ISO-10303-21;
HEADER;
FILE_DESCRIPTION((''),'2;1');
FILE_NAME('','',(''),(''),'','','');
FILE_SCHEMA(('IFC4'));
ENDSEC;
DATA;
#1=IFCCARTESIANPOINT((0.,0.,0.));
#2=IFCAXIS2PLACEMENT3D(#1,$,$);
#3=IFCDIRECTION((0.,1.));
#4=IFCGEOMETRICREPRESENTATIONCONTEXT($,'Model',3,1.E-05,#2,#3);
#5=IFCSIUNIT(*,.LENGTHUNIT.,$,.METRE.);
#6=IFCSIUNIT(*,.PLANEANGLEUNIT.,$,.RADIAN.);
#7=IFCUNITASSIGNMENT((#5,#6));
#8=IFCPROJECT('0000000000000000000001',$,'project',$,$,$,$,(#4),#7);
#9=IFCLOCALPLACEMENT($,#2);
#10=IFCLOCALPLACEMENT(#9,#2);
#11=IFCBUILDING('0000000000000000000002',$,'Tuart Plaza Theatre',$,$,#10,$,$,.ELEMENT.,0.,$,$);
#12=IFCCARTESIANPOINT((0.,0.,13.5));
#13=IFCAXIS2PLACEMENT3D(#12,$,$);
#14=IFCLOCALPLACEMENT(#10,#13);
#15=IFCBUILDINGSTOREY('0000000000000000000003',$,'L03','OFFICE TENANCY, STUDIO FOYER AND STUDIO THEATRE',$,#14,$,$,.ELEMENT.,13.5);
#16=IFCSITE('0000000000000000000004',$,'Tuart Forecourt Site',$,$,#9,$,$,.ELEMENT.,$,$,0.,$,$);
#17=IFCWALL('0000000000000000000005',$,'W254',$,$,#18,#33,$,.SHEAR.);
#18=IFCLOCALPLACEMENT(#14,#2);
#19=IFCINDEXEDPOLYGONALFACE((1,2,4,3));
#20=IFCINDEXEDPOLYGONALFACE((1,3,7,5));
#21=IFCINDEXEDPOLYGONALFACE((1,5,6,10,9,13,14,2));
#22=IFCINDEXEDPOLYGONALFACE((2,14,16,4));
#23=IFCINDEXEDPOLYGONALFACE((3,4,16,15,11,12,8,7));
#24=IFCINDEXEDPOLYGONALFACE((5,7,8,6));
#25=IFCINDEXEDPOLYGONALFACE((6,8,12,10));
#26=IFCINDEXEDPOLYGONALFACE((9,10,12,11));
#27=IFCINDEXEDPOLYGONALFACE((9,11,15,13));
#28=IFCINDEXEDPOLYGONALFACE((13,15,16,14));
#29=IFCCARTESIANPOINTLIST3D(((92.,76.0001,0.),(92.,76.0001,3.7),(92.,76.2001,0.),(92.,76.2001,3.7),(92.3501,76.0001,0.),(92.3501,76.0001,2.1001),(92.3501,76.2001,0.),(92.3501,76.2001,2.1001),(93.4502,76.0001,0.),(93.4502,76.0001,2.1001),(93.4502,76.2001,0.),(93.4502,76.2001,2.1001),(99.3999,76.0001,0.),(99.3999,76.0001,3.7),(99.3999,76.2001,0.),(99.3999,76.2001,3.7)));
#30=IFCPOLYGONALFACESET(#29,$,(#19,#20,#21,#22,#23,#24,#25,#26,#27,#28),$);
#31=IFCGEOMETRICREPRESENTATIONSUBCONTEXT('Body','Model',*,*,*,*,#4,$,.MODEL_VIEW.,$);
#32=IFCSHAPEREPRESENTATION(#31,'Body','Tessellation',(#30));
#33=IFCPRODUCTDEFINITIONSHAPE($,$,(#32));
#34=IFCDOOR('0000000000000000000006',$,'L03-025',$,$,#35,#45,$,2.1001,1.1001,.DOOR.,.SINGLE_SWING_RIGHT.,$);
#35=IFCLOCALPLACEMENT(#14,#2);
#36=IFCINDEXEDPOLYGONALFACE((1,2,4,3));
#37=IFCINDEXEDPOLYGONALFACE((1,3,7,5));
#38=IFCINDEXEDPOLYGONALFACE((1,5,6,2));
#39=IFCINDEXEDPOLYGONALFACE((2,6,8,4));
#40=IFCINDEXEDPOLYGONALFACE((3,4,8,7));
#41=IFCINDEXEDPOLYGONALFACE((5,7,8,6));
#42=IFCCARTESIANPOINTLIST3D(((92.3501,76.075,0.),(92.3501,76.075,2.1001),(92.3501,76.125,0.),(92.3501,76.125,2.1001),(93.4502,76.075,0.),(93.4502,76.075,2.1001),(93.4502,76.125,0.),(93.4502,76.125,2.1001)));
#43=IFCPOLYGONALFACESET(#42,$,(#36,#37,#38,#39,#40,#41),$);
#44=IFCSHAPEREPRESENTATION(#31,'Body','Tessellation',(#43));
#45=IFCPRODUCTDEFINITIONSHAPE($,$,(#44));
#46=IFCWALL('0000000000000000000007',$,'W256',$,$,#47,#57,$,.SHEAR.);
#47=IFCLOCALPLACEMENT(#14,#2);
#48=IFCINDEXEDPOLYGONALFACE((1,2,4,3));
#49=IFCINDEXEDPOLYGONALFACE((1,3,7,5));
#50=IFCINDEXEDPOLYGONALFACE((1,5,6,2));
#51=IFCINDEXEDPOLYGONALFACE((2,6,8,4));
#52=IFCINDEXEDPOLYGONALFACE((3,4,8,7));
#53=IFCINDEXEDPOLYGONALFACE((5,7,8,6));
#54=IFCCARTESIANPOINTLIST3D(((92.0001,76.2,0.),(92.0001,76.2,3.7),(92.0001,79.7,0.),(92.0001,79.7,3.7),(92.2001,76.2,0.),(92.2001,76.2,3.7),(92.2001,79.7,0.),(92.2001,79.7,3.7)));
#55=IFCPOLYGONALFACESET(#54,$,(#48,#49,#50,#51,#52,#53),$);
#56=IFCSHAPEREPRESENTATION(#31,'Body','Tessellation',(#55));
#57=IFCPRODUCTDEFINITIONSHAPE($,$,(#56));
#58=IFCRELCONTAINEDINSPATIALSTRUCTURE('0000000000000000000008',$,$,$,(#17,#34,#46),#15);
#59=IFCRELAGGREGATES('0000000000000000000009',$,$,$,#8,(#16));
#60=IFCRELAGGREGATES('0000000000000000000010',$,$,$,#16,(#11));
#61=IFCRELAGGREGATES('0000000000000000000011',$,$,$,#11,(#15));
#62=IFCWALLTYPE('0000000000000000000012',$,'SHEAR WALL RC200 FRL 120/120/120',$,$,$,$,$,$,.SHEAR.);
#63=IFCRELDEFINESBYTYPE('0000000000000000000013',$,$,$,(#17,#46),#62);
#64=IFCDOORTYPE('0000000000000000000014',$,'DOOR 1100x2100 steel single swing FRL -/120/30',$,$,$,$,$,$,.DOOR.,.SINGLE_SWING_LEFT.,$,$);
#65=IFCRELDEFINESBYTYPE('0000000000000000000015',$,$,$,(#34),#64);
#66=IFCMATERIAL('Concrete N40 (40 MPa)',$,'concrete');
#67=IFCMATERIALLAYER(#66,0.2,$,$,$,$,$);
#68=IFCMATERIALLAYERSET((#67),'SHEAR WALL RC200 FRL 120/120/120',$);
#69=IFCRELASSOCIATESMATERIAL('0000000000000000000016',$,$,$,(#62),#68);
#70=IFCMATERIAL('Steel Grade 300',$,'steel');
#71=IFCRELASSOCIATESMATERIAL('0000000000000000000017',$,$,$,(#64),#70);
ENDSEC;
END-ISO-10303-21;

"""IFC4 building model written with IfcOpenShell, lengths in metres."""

from ifc_helpers import new_model, si_unit, direction, frame, frame_2d, origin, place, context, subcontext, project, spatial, rectangle, extrude, material, layer, layer_set, type_object, element, fill, save


model = new_model("IFC4")

# Units and contexts
model_context = context("Model", 3, precision=1e-05, world=origin(), true_north=direction((0.0, 1.0)))
body_context = subcontext(model_context, "Body", "Model", "MODEL_VIEW")
ifc_project = project(units=[si_unit("LENGTHUNIT", "METRE"), si_unit("PLANEANGLEUNIT", "RADIAN")], contexts=[model_context])

# Site, building, storey
site_placement = place(None, origin())
site = spatial("IfcSite", under=ifc_project, at=site_placement, Name="Tuart Forecourt Site", CompositionType="ELEMENT", RefElevation=0.0)
building_placement = place(site_placement, origin())
building = spatial("IfcBuilding", under=site, at=building_placement, Name="Tuart Plaza Theatre", CompositionType="ELEMENT", ElevationOfRefHeight=0.0)
storey_placement = place(building_placement, frame((0.0, 0.0, 13.5)))
storey = spatial("IfcBuildingStorey", under=building, at=storey_placement, Name="L03", Description="OFFICE TENANCY, STUDIO FOYER AND STUDIO THEATRE", CompositionType="ELEMENT", Elevation=13.5)

# Wall, opening, door
ifc_material_1 = material(Name="Concrete N40 (40 MPa)", Category="concrete")
ifc_layer_1 = layer(ifc_material_1, 0.2)
ifc_layer_set_1 = layer_set([ifc_layer_1], Name="SHEAR WALL RC200 FRL 120/120/120")
wall_type_1 = type_object("IfcWallType", Name="SHEAR WALL RC200 FRL 120/120/120", PredefinedType="SHEAR", material=ifc_layer_set_1)
wall_1_placement = place(storey_placement, frame((92.0, 76.1001, 0.0), z_axis=(0.0, 0.0, 1.0), x_axis=(1.0, 0.0, 0.0)))
wall_1 = element("IfcWall", 1, at=wall_1_placement, inside=storey, type_object=wall_type_1, Name="W254", PredefinedType="SHEAR", context=body_context, shape_type="SweptSolid", body=[
    extrude(rectangle(XDim=7.3999, YDim=0.2, at=frame_2d((3.7, 0.0))), origin(), (0.0, 0.0, 1.0), 3.7),
])
opening_placement = place(wall_1_placement, frame((0.3501, 0.0, 0.0)))
opening = element("IfcOpeningElement", 2, at=opening_placement, cuts=wall_1, PredefinedType="OPENING", context=body_context, shape_type="SweptSolid", body=[
    extrude(rectangle(XDim=1.1001, YDim=2.1001, at=frame_2d((0.55, 1.05))), frame((0.0, 0.1099, 0.0), z_axis=(0.0, -1.0, 0.0), x_axis=(1.0, 0.0, 0.0)), (0.0, 0.0, 1.0), 0.22),
])
ifc_material_2 = material(Name="Steel Grade 300", Category="steel")
door_type = type_object("IfcDoorType", Name="DOOR 1100x2100 steel single swing FRL -/120/30", OperationType="SINGLE_SWING_LEFT", PredefinedType="DOOR", material=ifc_material_2)
door_placement = place(opening_placement, origin())
door = element("IfcDoor", 3, at=door_placement, inside=storey, type_object=door_type, Name="L03-025", OperationType="SINGLE_SWING_RIGHT", OverallHeight=2.1001, OverallWidth=1.1001, PredefinedType="DOOR", context=body_context, shape_type="SweptSolid", body=[
    extrude(rectangle(XDim=1.1001, YDim=2.1001, at=frame_2d((0.55, 1.05))), frame((0.0, 0.0249, 0.0), z_axis=(0.0, -1.0, 0.0), x_axis=(1.0, 0.0, 0.0)), (0.0, 0.0, 1.0), 0.05),
])
fill(opening, door)

# Wall
wall_2_placement = place(storey_placement, frame((92.1001, 79.7, 0.0), z_axis=(0.0, 0.0, 1.0), x_axis=(0.0, -1.0, 0.0)))
element("IfcWall", 4, at=wall_2_placement, inside=storey, type_object=wall_type_1, Name="W256", PredefinedType="SHEAR", context=body_context, shape_type="SweptSolid", body=[
    extrude(rectangle(XDim=3.5, YDim=0.2, at=frame_2d((1.75, 0.0))), origin(), (0.0, 0.0, 1.0), 3.7),
])

save(model, "model.ifc")
